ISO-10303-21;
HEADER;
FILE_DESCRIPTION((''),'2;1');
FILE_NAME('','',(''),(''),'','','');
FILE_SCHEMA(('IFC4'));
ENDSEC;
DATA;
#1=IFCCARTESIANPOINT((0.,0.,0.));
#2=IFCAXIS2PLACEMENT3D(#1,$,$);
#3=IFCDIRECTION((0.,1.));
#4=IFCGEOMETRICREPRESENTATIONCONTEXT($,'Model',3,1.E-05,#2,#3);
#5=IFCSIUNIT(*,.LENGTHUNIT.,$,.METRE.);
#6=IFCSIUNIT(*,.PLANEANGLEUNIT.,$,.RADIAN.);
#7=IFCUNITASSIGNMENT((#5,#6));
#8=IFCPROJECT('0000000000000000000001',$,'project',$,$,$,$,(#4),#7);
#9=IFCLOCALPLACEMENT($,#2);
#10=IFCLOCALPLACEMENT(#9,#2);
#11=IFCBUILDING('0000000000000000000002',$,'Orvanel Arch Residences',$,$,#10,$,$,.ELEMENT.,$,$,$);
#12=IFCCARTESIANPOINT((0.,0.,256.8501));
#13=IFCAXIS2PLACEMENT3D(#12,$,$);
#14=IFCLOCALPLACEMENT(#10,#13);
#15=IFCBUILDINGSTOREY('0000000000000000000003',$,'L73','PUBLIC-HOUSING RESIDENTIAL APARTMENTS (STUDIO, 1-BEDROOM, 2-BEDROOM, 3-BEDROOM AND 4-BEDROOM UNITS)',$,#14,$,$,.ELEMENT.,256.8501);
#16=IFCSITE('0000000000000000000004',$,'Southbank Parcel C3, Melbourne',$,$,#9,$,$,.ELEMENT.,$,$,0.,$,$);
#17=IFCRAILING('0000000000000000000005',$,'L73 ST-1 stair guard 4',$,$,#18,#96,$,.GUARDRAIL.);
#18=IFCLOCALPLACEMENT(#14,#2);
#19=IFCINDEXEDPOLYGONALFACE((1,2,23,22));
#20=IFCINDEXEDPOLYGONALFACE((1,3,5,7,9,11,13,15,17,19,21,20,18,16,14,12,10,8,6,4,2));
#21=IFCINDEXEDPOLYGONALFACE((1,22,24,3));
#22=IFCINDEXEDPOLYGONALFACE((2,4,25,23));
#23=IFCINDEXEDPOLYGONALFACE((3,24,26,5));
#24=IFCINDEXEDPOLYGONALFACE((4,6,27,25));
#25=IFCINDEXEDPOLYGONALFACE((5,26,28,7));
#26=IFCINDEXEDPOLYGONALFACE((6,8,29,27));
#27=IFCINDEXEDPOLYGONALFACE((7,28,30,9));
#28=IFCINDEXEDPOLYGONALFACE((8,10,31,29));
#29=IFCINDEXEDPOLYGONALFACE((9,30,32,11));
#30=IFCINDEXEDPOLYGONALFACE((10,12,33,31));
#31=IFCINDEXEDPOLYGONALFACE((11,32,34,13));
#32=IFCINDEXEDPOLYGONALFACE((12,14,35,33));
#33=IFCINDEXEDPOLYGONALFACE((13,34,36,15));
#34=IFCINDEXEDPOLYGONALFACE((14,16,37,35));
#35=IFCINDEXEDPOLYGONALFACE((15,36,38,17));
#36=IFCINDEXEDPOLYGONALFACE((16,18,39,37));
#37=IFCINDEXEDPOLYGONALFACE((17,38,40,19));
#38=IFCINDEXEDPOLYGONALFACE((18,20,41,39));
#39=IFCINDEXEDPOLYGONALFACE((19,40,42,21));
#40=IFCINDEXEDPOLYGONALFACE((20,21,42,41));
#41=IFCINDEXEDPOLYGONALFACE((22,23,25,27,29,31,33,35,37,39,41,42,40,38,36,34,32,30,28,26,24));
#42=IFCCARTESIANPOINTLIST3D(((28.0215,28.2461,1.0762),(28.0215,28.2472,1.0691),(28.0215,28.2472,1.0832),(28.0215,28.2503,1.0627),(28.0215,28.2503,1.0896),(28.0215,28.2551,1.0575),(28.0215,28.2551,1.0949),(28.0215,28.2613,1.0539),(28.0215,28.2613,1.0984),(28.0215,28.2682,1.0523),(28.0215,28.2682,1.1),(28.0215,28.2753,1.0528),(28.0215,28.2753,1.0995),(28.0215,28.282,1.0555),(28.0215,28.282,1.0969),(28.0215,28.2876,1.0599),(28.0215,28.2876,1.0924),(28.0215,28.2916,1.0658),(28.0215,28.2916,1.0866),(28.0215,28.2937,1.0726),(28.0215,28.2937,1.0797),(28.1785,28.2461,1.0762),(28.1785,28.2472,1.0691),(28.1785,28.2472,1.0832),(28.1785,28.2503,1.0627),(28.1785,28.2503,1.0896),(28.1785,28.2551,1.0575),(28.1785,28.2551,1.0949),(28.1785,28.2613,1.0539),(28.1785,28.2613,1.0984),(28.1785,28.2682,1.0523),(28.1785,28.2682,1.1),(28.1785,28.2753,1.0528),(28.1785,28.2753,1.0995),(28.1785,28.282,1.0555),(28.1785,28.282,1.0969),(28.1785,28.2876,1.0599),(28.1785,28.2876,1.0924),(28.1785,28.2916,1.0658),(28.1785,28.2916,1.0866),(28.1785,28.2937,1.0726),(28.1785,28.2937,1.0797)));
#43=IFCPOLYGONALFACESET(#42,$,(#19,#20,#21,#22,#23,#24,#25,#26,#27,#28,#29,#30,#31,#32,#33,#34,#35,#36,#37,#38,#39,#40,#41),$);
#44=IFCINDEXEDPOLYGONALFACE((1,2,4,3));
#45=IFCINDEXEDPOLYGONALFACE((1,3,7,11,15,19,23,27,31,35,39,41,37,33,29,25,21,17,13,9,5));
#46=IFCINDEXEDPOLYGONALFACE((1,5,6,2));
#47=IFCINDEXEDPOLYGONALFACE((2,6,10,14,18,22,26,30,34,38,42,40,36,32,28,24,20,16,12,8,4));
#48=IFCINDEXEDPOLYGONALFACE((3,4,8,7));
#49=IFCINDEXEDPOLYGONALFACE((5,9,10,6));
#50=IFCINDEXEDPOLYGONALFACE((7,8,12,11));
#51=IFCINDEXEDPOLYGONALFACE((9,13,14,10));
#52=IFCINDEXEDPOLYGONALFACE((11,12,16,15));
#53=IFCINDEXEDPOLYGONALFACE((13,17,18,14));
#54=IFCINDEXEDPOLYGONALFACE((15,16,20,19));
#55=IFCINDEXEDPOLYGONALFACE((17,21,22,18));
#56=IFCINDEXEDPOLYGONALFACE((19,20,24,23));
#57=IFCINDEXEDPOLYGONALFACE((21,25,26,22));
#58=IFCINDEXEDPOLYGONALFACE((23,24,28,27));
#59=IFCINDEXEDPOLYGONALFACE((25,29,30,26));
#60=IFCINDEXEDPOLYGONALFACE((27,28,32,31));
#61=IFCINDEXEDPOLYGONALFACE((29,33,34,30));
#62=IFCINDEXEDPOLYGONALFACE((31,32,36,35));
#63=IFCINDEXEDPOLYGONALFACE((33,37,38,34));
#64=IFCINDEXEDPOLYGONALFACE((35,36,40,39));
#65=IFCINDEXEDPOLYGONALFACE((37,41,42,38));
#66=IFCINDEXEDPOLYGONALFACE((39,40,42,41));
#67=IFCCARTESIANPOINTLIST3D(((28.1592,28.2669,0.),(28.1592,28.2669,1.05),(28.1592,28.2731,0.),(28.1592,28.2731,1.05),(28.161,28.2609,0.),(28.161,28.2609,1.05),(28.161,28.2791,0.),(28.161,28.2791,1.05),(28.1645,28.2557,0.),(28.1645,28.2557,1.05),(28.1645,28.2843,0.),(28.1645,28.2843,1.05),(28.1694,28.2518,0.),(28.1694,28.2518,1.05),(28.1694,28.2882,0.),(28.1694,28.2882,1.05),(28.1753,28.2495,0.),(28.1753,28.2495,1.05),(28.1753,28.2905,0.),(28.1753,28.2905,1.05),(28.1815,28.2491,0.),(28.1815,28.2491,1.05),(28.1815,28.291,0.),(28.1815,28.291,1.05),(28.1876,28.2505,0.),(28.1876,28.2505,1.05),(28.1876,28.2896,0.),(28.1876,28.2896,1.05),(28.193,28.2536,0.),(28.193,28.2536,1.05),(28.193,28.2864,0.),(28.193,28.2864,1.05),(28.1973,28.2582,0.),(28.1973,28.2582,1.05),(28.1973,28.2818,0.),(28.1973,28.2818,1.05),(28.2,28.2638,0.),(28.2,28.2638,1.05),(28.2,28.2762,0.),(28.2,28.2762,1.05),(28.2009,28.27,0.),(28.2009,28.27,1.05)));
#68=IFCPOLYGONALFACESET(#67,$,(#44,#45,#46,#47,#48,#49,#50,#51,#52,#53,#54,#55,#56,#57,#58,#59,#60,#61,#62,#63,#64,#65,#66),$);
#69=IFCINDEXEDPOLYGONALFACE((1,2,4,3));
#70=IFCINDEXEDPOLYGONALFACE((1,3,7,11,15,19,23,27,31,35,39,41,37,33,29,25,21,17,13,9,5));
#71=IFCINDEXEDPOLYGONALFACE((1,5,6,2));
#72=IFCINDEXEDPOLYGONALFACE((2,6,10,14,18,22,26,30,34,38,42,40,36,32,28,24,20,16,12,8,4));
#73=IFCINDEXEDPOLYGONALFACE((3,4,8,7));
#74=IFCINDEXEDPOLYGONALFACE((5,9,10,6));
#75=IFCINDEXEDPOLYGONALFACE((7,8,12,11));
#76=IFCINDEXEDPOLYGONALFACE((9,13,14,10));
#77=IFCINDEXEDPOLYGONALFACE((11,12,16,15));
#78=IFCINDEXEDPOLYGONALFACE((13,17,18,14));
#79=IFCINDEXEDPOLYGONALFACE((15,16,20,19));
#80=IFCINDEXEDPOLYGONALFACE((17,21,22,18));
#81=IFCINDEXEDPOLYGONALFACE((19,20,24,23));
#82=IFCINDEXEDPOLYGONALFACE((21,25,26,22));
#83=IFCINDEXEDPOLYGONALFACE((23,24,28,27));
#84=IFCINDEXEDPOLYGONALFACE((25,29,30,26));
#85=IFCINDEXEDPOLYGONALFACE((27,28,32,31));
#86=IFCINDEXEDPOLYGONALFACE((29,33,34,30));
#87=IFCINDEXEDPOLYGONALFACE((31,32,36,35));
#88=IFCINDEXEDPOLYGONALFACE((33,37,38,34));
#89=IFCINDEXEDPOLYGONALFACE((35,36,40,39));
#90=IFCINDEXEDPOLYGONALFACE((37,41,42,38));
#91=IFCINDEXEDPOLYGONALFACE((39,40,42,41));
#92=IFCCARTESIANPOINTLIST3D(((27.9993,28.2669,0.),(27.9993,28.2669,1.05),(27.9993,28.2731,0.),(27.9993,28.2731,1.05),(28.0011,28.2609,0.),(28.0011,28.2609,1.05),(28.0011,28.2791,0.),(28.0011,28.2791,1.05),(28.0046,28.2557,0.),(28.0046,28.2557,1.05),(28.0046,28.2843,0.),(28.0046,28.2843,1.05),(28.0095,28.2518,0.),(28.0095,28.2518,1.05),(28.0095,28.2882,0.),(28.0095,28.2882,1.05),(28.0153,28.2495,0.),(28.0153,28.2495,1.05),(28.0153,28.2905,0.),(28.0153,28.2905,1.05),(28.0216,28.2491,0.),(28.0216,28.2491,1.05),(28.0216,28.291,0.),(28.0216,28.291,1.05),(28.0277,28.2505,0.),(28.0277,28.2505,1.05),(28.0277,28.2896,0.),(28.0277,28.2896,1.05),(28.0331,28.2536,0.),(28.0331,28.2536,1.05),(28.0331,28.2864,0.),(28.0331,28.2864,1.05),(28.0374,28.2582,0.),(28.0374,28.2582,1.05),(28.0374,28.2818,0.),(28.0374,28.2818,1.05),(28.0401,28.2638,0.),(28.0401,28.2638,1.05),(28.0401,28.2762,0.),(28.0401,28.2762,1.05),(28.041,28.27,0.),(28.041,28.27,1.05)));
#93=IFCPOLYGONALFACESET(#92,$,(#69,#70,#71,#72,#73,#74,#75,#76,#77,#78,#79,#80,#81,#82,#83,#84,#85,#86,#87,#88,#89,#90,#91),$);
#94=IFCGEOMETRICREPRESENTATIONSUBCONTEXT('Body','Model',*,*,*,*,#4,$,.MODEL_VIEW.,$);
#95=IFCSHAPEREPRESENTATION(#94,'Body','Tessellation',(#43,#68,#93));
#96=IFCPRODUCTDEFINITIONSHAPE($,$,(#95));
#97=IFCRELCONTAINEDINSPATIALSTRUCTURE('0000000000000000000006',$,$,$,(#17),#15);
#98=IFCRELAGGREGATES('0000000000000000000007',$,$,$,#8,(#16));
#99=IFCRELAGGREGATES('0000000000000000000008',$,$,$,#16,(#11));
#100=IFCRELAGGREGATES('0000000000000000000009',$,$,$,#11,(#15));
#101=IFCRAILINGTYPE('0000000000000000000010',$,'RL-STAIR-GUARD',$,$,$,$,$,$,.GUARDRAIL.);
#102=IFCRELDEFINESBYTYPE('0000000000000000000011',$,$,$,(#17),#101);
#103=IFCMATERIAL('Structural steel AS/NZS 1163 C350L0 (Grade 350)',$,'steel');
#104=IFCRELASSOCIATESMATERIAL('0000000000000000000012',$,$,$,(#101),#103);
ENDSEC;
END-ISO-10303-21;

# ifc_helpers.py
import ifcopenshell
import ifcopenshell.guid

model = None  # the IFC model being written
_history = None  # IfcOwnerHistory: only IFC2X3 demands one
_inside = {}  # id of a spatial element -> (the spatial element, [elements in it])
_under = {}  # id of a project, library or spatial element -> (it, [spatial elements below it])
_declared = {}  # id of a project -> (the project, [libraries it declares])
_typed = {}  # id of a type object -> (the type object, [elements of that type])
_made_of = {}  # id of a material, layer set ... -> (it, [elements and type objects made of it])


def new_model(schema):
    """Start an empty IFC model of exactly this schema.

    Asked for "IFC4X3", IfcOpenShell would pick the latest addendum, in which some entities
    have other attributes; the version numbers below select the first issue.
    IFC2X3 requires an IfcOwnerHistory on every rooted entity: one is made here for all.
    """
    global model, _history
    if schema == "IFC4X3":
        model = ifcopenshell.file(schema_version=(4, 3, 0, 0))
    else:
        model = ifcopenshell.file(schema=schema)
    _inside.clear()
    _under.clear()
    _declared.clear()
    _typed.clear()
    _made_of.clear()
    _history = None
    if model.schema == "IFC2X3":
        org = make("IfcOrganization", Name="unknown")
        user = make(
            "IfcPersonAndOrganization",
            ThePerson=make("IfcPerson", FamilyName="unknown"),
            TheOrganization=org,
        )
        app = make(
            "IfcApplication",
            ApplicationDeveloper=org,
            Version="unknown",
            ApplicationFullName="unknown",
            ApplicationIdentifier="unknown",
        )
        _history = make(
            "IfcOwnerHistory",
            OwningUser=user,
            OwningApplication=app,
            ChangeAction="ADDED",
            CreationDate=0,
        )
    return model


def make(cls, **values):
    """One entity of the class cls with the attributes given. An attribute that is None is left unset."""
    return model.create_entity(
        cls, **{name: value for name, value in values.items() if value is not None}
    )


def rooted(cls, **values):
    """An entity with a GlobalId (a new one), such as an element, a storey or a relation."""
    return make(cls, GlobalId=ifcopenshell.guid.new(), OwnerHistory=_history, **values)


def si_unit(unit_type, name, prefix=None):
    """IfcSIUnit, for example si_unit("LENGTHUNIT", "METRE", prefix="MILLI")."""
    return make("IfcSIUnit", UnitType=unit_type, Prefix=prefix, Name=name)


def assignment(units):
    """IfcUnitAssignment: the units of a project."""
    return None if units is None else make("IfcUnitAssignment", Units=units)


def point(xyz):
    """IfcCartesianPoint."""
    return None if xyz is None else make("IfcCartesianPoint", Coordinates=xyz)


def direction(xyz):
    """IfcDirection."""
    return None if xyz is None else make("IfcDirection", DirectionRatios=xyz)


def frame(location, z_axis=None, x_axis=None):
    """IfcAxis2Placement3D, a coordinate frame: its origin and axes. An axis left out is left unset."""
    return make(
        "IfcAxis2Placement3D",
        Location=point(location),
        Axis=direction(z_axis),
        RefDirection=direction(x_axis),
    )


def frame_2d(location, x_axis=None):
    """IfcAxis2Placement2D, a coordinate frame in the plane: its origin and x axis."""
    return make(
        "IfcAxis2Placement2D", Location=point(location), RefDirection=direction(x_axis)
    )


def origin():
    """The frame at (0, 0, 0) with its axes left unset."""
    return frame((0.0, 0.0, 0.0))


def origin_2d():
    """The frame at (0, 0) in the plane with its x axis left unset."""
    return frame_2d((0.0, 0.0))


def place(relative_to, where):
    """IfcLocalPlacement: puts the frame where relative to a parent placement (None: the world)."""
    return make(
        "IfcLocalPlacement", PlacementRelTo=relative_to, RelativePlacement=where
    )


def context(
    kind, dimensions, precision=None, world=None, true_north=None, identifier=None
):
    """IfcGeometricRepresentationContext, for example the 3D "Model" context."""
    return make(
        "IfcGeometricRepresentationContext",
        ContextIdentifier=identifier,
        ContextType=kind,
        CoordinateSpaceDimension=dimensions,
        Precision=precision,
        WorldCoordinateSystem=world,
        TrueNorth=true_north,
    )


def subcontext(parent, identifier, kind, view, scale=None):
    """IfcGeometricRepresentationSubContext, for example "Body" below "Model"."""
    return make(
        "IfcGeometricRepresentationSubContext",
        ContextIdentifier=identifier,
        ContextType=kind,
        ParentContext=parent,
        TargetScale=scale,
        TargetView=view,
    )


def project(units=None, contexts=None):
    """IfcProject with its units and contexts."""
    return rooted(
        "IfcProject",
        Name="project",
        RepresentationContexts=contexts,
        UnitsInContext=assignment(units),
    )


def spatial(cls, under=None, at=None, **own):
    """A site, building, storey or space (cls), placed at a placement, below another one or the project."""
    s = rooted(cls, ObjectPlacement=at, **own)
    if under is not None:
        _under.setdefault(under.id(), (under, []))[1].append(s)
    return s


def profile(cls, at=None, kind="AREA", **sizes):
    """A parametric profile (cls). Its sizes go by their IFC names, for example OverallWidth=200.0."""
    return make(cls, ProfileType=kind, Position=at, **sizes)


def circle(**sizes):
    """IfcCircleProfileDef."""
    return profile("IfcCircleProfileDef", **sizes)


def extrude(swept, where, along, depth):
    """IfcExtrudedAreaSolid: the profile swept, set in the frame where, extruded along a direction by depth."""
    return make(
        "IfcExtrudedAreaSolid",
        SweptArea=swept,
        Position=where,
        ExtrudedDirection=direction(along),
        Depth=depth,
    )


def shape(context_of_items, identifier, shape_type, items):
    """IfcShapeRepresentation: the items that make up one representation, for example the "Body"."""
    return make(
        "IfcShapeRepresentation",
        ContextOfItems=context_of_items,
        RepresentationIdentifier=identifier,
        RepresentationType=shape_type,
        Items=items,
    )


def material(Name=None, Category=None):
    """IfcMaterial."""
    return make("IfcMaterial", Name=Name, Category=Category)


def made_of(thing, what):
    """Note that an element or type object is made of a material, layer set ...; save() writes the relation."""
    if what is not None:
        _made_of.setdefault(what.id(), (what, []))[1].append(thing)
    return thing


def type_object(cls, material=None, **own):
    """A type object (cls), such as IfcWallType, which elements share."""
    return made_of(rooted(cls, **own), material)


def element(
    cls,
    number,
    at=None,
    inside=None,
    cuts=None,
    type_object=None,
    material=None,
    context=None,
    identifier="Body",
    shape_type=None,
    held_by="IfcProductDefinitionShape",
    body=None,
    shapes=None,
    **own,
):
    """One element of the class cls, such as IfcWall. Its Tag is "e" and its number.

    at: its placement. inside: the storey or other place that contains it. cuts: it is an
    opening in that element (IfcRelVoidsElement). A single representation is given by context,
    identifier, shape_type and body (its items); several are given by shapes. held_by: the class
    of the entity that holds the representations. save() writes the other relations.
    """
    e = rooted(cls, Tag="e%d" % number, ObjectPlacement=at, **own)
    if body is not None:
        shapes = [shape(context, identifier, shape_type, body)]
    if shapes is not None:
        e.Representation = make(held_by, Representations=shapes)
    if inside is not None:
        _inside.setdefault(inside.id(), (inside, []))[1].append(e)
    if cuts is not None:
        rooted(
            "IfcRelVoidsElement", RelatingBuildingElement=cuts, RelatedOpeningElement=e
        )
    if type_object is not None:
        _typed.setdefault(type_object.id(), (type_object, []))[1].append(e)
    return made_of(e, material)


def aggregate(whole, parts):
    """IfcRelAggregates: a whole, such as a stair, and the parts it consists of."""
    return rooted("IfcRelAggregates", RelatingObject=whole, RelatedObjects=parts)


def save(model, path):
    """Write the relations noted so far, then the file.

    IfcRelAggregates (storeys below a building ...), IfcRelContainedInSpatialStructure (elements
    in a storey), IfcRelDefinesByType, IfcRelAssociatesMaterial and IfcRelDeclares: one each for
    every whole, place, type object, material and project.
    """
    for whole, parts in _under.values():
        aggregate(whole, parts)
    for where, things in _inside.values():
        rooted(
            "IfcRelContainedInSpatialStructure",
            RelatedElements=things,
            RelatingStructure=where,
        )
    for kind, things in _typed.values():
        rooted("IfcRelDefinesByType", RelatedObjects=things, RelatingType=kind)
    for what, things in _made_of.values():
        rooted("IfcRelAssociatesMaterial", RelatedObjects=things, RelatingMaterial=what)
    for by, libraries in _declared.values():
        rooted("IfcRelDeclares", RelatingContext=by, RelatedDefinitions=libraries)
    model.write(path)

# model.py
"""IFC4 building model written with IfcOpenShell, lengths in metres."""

from ifc_helpers import new_model, si_unit, direction, frame, origin, origin_2d, place, context, subcontext, project, spatial, circle, extrude, material, type_object, element, save


model = new_model("IFC4")

# Units and contexts
model_context = context("Model", 3, precision=1e-05, world=origin(), true_north=direction((0.0, 1.0)))
body_context = subcontext(model_context, "Body", "Model", "MODEL_VIEW")
ifc_project = project(units=[si_unit("LENGTHUNIT", "METRE"), si_unit("PLANEANGLEUNIT", "RADIAN")], contexts=[model_context])

# Site, building, storey
site_placement = place(None, origin())
site = spatial("IfcSite", under=ifc_project, at=site_placement, Name="Southbank Parcel C3, Melbourne", CompositionType="ELEMENT", RefElevation=0.0)
building_placement = place(site_placement, origin())
building = spatial("IfcBuilding", under=site, at=building_placement, Name="Orvanel Arch Residences", CompositionType="ELEMENT")
storey_placement = place(building_placement, frame((0.0, 0.0, 256.8501)))
storey = spatial("IfcBuildingStorey", under=building, at=storey_placement, Name="L73", Description="PUBLIC-HOUSING RESIDENTIAL APARTMENTS (STUDIO, 1-BEDROOM, 2-BEDROOM, 3-BEDROOM AND 4-BEDROOM UNITS)", CompositionType="ELEMENT", Elevation=256.8501)

# Railing
ifc_material_1 = material(Name="Structural steel AS/NZS 1163 C350L0 (Grade 350)", Category="steel")
railing_type_1 = type_object("IfcRailingType", Name="RL-STAIR-GUARD", PredefinedType="GUARDRAIL", material=ifc_material_1)
railing_1_placement = place(storey_placement, frame((28.1799, 28.27, 0.0)))
element("IfcRailing", 1, at=railing_1_placement, inside=storey, type_object=railing_type_1, Name="L73 ST-1 stair guard 4", PredefinedType="GUARDRAIL", context=body_context, shape_type="SweptSolid", body=[
    extrude(circle(Radius=0.0239, at=origin_2d()), frame((-0.0015, 0.0, 1.0762), z_axis=(-1.0, 0.0, 0.0), x_axis=(0.0, -1.0, 0.0)), (0.0, 0.0, 1.0), 0.157),
    extrude(circle(Radius=0.021, at=origin_2d()), origin(), (0.0, 0.0, 1.0), 1.05),
    extrude(circle(Radius=0.021, at=origin_2d()), frame((-0.1599, 0.0, 0.0)), (0.0, 0.0, 1.0), 1.05),
])

save(model, "model.ifc")
